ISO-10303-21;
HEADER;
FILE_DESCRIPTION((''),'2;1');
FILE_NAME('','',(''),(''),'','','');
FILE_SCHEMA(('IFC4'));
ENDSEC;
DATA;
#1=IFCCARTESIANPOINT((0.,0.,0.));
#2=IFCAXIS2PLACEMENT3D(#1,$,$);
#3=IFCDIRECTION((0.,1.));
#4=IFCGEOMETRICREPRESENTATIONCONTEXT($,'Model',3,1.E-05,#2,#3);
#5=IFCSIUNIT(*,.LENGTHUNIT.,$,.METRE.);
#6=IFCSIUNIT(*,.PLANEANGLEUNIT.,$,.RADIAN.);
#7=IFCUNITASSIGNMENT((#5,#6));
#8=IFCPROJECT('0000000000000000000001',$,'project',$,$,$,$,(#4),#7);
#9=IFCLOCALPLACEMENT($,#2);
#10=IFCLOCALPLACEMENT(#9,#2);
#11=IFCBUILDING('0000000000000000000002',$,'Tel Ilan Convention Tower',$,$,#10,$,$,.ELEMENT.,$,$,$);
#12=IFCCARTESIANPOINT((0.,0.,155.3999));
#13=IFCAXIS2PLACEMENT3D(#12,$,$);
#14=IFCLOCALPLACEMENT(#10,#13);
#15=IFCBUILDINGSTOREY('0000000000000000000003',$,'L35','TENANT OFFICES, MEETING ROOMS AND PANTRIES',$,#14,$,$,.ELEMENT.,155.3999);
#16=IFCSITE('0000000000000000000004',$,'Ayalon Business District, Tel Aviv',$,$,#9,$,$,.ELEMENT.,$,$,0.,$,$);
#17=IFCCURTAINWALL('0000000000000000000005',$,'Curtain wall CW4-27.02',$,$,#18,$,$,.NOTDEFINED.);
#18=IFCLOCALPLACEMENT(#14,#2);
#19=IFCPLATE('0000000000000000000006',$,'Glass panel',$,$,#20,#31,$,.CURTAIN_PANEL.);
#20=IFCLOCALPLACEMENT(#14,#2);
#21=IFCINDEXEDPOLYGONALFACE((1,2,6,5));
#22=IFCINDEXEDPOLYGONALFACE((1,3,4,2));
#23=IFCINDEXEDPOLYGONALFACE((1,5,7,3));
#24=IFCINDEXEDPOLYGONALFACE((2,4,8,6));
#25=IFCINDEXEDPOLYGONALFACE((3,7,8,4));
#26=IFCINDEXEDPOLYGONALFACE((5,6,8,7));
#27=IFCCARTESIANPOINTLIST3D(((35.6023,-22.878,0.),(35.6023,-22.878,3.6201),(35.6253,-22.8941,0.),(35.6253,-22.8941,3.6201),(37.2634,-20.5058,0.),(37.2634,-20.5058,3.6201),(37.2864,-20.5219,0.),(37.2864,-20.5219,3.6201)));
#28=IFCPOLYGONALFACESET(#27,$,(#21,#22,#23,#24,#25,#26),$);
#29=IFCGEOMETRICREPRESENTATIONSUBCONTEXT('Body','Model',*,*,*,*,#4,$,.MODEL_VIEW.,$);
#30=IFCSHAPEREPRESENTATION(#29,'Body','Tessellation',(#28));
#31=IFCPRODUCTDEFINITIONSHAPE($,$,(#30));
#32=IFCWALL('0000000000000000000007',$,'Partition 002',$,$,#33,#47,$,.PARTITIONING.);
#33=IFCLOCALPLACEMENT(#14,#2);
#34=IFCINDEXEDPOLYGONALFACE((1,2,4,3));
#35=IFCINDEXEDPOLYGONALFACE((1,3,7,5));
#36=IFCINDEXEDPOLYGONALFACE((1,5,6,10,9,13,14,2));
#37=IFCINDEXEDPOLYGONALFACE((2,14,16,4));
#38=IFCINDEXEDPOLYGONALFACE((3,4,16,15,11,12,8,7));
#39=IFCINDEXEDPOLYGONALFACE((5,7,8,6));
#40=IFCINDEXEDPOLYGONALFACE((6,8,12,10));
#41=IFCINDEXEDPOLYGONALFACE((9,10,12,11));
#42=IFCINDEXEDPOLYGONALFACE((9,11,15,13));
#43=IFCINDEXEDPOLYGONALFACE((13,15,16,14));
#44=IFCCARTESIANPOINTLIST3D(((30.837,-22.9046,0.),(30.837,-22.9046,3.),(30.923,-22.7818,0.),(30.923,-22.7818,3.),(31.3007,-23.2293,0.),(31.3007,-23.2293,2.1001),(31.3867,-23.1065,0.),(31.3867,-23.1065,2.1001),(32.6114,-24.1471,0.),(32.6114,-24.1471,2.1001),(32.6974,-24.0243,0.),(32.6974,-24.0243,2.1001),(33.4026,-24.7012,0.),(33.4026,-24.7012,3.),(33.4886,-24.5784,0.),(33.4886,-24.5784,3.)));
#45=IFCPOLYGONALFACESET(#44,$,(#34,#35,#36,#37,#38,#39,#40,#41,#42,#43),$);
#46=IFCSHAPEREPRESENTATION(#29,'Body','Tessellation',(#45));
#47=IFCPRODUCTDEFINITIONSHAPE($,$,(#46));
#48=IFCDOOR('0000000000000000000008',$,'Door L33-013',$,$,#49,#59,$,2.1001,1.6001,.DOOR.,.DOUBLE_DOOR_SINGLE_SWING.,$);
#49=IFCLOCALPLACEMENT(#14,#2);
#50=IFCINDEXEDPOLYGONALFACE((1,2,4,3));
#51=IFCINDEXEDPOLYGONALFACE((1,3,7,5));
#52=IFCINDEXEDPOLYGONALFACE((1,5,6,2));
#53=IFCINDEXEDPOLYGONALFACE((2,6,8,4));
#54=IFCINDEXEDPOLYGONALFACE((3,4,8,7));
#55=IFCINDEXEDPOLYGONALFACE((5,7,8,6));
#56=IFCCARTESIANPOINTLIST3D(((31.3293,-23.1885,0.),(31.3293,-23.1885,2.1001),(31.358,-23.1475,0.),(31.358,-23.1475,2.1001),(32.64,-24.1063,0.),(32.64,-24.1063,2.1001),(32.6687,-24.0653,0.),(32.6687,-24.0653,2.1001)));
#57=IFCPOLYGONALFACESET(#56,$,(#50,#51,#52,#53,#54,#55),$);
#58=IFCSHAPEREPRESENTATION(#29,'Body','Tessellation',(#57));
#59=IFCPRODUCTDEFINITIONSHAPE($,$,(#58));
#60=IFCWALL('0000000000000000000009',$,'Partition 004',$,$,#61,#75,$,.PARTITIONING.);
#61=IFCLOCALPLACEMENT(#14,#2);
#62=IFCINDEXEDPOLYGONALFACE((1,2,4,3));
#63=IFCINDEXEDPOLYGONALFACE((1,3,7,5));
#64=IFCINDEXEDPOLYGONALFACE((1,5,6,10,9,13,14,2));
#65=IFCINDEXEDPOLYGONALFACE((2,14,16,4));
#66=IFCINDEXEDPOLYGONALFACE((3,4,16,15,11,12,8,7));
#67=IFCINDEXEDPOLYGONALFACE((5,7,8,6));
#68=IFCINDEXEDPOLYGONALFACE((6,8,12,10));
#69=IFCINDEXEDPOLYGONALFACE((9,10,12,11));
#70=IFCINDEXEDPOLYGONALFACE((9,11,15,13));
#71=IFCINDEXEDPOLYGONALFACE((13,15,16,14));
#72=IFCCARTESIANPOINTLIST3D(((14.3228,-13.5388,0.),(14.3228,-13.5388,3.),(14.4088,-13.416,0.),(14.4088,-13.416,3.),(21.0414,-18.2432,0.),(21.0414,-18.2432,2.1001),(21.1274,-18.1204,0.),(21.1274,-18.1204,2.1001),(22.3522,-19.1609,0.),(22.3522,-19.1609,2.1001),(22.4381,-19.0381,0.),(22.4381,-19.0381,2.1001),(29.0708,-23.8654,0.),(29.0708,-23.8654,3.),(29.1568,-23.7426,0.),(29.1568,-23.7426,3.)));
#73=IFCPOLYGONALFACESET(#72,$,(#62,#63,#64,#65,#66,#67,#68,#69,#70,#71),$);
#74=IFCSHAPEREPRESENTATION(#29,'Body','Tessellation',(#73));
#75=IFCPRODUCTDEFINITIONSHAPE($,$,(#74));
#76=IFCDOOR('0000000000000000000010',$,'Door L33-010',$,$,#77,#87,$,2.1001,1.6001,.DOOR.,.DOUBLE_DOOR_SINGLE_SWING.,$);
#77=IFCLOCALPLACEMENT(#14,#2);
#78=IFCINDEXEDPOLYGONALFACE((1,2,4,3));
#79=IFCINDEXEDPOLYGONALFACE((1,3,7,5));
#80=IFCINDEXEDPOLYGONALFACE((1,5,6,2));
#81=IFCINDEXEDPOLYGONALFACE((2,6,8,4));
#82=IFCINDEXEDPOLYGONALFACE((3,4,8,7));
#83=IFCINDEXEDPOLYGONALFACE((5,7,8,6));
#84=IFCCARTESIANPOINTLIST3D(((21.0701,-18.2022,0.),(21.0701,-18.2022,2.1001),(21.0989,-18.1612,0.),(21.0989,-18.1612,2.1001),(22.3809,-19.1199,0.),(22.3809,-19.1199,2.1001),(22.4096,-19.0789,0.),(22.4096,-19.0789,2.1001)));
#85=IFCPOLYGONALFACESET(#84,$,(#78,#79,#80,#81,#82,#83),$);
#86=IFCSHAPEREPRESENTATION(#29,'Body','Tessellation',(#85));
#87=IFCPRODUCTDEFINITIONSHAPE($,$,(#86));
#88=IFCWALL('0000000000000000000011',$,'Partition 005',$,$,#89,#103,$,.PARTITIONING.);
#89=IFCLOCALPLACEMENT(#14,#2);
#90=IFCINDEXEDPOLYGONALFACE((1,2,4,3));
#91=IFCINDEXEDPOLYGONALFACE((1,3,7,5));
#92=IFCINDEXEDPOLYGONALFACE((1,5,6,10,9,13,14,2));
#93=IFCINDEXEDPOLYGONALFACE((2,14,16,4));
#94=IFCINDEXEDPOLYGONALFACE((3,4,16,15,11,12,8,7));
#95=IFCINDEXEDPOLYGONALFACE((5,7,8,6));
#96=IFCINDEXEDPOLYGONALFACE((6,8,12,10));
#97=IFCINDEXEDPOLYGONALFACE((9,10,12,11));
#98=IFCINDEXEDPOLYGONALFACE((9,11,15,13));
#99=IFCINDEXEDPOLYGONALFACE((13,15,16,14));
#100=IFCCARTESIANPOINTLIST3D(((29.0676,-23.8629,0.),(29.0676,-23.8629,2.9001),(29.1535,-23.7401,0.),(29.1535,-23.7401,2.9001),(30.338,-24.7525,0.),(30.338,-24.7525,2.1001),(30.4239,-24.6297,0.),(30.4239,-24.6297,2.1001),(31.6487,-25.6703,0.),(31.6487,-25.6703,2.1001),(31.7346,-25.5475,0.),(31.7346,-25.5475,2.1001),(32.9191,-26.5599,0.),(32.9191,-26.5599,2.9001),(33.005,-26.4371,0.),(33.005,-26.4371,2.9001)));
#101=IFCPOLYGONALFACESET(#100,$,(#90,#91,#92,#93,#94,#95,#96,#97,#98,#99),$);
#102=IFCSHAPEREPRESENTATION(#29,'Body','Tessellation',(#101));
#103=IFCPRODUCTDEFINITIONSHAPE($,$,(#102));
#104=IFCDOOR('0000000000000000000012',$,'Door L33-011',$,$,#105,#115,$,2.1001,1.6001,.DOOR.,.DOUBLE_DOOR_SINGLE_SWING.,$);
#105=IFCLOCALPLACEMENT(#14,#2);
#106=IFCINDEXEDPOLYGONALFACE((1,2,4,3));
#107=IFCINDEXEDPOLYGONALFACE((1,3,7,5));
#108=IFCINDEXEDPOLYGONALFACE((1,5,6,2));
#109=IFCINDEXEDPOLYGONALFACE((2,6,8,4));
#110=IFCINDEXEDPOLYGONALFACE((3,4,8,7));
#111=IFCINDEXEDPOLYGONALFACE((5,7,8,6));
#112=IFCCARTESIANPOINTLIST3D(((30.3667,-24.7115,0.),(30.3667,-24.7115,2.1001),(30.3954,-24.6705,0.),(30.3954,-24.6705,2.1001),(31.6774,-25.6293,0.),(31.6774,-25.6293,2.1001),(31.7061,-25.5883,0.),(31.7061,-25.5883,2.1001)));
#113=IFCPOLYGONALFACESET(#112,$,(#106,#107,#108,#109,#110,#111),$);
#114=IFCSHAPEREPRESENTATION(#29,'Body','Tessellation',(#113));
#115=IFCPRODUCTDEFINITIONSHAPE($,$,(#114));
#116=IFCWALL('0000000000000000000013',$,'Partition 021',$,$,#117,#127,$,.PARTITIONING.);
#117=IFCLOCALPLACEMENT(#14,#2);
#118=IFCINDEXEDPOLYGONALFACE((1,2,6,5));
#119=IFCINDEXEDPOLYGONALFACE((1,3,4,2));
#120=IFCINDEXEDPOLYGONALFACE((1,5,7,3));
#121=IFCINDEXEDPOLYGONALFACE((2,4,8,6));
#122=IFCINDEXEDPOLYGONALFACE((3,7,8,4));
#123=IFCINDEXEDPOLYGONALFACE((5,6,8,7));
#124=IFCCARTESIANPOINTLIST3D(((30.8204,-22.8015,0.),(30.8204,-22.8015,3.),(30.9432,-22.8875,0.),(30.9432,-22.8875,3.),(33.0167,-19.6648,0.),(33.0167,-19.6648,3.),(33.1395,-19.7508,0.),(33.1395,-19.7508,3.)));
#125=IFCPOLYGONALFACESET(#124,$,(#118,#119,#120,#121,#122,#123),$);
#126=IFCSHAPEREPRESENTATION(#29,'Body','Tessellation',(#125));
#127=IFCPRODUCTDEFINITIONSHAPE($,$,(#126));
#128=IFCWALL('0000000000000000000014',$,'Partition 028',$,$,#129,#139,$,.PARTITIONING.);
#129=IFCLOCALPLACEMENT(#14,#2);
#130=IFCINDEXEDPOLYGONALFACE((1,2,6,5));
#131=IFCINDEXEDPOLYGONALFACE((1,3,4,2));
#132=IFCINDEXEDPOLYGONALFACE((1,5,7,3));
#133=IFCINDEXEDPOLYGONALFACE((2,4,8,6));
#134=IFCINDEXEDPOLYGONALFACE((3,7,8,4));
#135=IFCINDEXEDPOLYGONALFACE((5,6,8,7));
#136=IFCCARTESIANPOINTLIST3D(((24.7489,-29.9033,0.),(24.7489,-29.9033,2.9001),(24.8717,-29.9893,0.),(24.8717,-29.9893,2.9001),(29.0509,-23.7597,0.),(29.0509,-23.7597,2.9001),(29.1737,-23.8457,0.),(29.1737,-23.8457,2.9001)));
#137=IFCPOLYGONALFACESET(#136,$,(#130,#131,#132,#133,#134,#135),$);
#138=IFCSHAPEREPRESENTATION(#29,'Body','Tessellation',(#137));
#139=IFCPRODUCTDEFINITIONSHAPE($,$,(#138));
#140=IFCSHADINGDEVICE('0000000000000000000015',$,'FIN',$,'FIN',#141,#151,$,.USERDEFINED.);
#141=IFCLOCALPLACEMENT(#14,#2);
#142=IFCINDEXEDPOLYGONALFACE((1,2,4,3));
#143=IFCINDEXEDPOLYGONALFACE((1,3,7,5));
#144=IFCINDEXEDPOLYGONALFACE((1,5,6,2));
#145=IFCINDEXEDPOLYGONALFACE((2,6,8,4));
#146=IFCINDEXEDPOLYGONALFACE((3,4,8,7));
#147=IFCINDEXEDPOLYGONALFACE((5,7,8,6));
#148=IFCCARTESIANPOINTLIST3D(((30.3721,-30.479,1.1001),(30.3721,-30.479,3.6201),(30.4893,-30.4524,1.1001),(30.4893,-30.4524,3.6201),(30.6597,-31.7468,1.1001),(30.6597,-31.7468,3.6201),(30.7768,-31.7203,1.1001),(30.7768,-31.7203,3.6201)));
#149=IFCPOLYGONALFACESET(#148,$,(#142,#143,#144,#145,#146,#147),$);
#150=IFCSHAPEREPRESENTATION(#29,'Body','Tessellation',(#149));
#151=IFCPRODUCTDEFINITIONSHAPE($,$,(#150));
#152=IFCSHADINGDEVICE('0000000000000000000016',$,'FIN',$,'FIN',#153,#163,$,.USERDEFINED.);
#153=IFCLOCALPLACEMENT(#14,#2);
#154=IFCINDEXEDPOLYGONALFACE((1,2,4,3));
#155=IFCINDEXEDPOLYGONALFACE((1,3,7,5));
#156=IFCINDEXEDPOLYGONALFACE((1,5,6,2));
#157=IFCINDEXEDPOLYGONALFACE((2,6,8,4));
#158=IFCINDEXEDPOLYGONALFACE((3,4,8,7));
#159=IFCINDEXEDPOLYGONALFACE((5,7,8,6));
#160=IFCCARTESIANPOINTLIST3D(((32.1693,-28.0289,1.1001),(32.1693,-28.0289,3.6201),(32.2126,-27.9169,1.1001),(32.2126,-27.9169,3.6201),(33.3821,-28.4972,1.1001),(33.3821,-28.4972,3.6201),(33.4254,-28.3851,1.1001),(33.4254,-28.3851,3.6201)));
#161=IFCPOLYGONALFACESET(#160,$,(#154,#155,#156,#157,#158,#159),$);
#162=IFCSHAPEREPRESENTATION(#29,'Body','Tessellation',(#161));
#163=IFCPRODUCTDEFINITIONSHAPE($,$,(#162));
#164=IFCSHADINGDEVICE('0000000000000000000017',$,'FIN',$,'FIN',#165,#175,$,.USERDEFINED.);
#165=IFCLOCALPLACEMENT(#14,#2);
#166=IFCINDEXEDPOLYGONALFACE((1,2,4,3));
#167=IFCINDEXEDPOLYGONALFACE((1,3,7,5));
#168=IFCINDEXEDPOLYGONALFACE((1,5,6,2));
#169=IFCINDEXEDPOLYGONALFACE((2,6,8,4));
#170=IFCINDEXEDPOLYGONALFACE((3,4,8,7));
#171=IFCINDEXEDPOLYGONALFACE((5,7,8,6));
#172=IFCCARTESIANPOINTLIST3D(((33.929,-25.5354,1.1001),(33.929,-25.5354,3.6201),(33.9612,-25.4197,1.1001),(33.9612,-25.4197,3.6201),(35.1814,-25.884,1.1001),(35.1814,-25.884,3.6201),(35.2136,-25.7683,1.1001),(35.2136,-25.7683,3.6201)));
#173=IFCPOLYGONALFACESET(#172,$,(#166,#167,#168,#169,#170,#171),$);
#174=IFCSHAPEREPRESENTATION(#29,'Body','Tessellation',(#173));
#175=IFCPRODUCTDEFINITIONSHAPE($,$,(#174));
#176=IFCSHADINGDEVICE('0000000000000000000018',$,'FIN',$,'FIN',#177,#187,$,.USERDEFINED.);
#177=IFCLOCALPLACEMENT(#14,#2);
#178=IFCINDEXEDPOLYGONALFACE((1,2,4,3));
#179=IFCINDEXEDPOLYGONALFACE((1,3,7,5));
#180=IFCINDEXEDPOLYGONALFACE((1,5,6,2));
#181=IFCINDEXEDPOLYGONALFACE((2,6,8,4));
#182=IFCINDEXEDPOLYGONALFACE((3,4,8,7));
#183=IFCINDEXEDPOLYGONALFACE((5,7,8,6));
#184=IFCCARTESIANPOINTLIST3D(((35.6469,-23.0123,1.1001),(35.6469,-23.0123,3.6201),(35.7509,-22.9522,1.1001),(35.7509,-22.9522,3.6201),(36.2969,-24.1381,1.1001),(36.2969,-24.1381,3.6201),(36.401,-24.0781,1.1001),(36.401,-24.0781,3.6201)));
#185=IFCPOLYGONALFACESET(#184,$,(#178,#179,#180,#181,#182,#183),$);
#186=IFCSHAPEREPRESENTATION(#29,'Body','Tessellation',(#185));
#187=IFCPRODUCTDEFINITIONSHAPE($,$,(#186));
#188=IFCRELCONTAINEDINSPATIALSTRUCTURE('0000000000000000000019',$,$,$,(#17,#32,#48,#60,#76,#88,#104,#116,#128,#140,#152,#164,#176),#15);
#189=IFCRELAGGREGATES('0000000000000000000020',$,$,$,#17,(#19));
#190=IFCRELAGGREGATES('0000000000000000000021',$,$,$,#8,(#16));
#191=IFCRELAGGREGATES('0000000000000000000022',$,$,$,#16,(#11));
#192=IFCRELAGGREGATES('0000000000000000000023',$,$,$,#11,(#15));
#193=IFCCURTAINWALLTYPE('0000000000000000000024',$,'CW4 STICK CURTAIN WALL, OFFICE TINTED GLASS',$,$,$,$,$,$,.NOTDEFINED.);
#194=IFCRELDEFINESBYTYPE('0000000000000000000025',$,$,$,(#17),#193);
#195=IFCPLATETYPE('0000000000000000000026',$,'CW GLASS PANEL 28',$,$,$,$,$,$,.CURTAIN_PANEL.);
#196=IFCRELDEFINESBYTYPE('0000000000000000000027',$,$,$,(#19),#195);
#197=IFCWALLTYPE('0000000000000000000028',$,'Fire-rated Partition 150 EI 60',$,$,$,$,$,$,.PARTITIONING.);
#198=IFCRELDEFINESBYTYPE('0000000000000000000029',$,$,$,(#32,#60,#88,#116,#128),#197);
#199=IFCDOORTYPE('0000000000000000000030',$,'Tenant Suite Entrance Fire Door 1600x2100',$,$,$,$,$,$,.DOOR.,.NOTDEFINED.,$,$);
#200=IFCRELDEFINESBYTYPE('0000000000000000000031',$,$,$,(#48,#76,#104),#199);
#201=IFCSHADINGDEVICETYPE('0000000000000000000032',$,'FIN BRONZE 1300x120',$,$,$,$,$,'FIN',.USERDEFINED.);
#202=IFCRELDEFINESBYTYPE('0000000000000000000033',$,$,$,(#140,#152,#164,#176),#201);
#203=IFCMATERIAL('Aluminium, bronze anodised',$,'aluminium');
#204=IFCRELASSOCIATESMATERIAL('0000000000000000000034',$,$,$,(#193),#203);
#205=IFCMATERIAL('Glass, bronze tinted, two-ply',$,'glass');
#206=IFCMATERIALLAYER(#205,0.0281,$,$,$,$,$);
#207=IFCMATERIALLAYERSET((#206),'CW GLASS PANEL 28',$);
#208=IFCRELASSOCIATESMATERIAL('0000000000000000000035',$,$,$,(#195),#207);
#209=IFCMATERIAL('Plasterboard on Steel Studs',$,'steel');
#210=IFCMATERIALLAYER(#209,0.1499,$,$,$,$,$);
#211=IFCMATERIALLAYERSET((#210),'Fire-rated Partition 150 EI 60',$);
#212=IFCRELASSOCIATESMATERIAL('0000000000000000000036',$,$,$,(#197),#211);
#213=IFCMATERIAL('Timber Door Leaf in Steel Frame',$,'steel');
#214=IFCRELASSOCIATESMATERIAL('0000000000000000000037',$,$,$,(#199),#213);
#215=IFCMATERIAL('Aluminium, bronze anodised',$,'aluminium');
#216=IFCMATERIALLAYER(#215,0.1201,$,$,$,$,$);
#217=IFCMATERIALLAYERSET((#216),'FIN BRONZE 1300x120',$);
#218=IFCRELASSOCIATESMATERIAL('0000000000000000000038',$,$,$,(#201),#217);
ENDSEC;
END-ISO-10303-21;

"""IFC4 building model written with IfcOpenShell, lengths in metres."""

from ifc_helpers import new_model, si_unit, direction, frame, frame_2d, origin, origin_2d, place, context, subcontext, project, spatial, rectangle, extrude, material, layer, layer_set, type_object, element, fill, aggregate, save


model = new_model("IFC4")

# Units and contexts
model_context = context("Model", 3, precision=1e-05, world=origin(), true_north=direction((0.0, 1.0)))
body_context = subcontext(model_context, "Body", "Model", "MODEL_VIEW")
ifc_project = project(units=[si_unit("LENGTHUNIT", "METRE"), si_unit("PLANEANGLEUNIT", "RADIAN")], contexts=[model_context])

# Site, building, storey
site_placement = place(None, origin())
site = spatial("IfcSite", under=ifc_project, at=site_placement, Name="Ayalon Business District, Tel Aviv", CompositionType="ELEMENT", RefElevation=0.0)
building_placement = place(site_placement, origin())
building = spatial("IfcBuilding", under=site, at=building_placement, Name="Tel Ilan Convention Tower", CompositionType="ELEMENT")
storey_placement = place(building_placement, frame((0.0, 0.0, 155.3999)))
storey = spatial("IfcBuildingStorey", under=building, at=storey_placement, Name="L35", Description="TENANT OFFICES, MEETING ROOMS AND PANTRIES", CompositionType="ELEMENT", Elevation=155.3999)

# Curtain wall, plate
ifc_material_1 = material(Name="Aluminium, bronze anodised", Category="aluminium")
curtain_wall_type = type_object("IfcCurtainWallType", Name="CW4 STICK CURTAIN WALL, OFFICE TINTED GLASS", PredefinedType="NOTDEFINED", material=ifc_material_1)
curtain_wall_placement = place(storey_placement, origin())
curtain_wall = element("IfcCurtainWall", 1, at=curtain_wall_placement, inside=storey, type_object=curtain_wall_type, Name="Curtain wall CW4-27.02", PredefinedType="NOTDEFINED")
ifc_material_2 = material(Name="Glass, bronze tinted, two-ply", Category="glass")
ifc_layer_1 = layer(ifc_material_2, 0.0281)
ifc_layer_set_1 = layer_set([ifc_layer_1], Name="CW GLASS PANEL 28")
plate_type = type_object("IfcPlateType", Name="CW GLASS PANEL 28", PredefinedType="CURTAIN_PANEL", material=ifc_layer_set_1)
plate_1_placement = place(storey_placement, frame((36.4443, -21.7, 0.0), z_axis=(0.0, 0.0, 1.0), x_axis=(0.573576, 0.819152, 0.0)))
plate_1 = element("IfcPlate", 2, at=plate_1_placement, type_object=plate_type, Name="Glass panel", PredefinedType="CURTAIN_PANEL", context=body_context, shape_type="SweptSolid", body=[
    extrude(rectangle(XDim=2.896, YDim=0.0281, at=origin_2d()), origin(), (0.0, 0.0, 1.0), 3.6201),
])
aggregate(curtain_wall, [plate_1])

# Walls, openings, doors
ifc_material_3 = material(Name="Plasterboard on Steel Studs", Category="steel")
ifc_layer_2 = layer(ifc_material_3, 0.1499)
ifc_layer_set_2 = layer_set([ifc_layer_2], Name="Fire-rated Partition 150 EI 60")
wall_type = type_object("IfcWallType", Name="Fire-rated Partition 150 EI 60", PredefinedType="PARTITIONING", material=ifc_layer_set_2)
wall_1_placement = place(storey_placement, frame((30.8801, -22.8433, 0.0), z_axis=(0.0, 0.0, 1.0), x_axis=(0.819133, -0.573604, 0.0)))
wall_1 = element("IfcWall", 3, at=wall_1_placement, inside=storey, type_object=wall_type, Name="Partition 002", PredefinedType="PARTITIONING", context=body_context, shape_type="SweptSolid", body=[
    extrude(rectangle(XDim=3.1321, YDim=0.1499, at=frame_2d((1.5659, 0.0))), origin(), (0.0, 0.0, 1.0), 3.0),
])
opening_1_placement = place(wall_1_placement, frame((0.5659, 0.0, 0.0)))
opening_1 = element("IfcOpeningElement", 4, at=opening_1_placement, cuts=wall_1, PredefinedType="OPENING", context=body_context, shape_type="SweptSolid", body=[
    extrude(rectangle(XDim=1.6001, YDim=2.1001, at=frame_2d((0.8, 1.05))), frame((0.0, 0.085, 0.0), z_axis=(0.0, -1.0, 0.0), x_axis=(1.0, 0.0, 0.0)), (0.0, 0.0, 1.0), 0.1699),
])
ifc_material_4 = material(Name="Timber Door Leaf in Steel Frame", Category="steel")
door_type = type_object("IfcDoorType", Name="Tenant Suite Entrance Fire Door 1600x2100", OperationType="NOTDEFINED", PredefinedType="DOOR", material=ifc_material_4)
door_1_placement = place(opening_1_placement, origin())
door_1 = element("IfcDoor", 5, at=door_1_placement, inside=storey, type_object=door_type, Name="Door L33-013", OperationType="DOUBLE_DOOR_SINGLE_SWING", OverallHeight=2.1001, OverallWidth=1.6001, PredefinedType="DOOR", context=body_context, shape_type="SweptSolid", body=[
    extrude(rectangle(XDim=1.6001, YDim=2.1001, at=frame_2d((0.8, 1.05))), frame((0.0, 0.0249, 0.0), z_axis=(0.0, -1.0, 0.0), x_axis=(1.0, 0.0, 0.0)), (0.0, 0.0, 1.0), 0.05),
])
fill(opening_1, door_1)
wall_2_placement = place(storey_placement, frame((29.1138, -23.804, 0.0), z_axis=(0.0, 0.0, 1.0), x_axis=(-0.819153, 0.573575, 0.0)))
wall_2 = element("IfcWall", 6, at=wall_2_placement, inside=storey, type_object=wall_type, Name="Partition 004", PredefinedType="PARTITIONING", context=body_context, shape_type="SweptSolid", body=[
    extrude(rectangle(XDim=18.0039, YDim=0.1499, at=frame_2d((9.002, 0.0))), origin(), (0.0, 0.0, 1.0), 3.0),
])
opening_2_placement = place(wall_2_placement, frame((8.2019, 0.0, 0.0)))
opening_2 = element("IfcOpeningElement", 7, at=opening_2_placement, cuts=wall_2, PredefinedType="OPENING", context=body_context, shape_type="SweptSolid", body=[
    extrude(rectangle(XDim=1.6001, YDim=2.1001, at=frame_2d((0.8, 1.05))), frame((0.0, 0.085, 0.0), z_axis=(0.0, -1.0, 0.0), x_axis=(1.0, 0.0, 0.0)), (0.0, 0.0, 1.0), 0.1699),
])
door_2_placement = place(opening_2_placement, origin())
door_2 = element("IfcDoor", 8, at=door_2_placement, inside=storey, type_object=door_type, Name="Door L33-010", OperationType="DOUBLE_DOOR_SINGLE_SWING", OverallHeight=2.1001, OverallWidth=1.6001, PredefinedType="DOOR", context=body_context, shape_type="SweptSolid", body=[
    extrude(rectangle(XDim=1.6001, YDim=2.1001, at=frame_2d((0.8, 1.05))), frame((0.0, 0.0249, 0.0), z_axis=(0.0, -1.0, 0.0), x_axis=(1.0, 0.0, 0.0)), (0.0, 0.0, 1.0), 0.05),
])
fill(opening_2, door_2)
wall_3_placement = place(storey_placement, frame((32.9622, -26.4985, 0.0), z_axis=(0.0, 0.0, 1.0), x_axis=(-0.819139, 0.573595, 0.0)))
wall_3 = element("IfcWall", 9, at=wall_3_placement, inside=storey, type_object=wall_type, Name="Partition 005", PredefinedType="PARTITIONING", context=body_context, shape_type="SweptSolid", body=[
    extrude(rectangle(XDim=4.7019, YDim=0.1499, at=frame_2d((2.3511, 0.0))), origin(), (0.0, 0.0, 1.0), 2.9001),
])
opening_3_placement = place(wall_3_placement, frame((1.551, 0.0, 0.0)))
opening_3 = element("IfcOpeningElement", 10, at=opening_3_placement, cuts=wall_3, PredefinedType="OPENING", context=body_context, shape_type="SweptSolid", body=[
    extrude(rectangle(XDim=1.6001, YDim=2.1001, at=frame_2d((0.8, 1.05))), frame((0.0, 0.085, 0.0), z_axis=(0.0, -1.0, 0.0), x_axis=(1.0, 0.0, 0.0)), (0.0, 0.0, 1.0), 0.1699),
])
door_3_placement = place(opening_3_placement, origin())
door_3 = element("IfcDoor", 11, at=door_3_placement, inside=storey, type_object=door_type, Name="Door L33-011", OperationType="DOUBLE_DOOR_SINGLE_SWING", OverallHeight=2.1001, OverallWidth=1.6001, PredefinedType="DOOR", context=body_context, shape_type="SweptSolid", body=[
    extrude(rectangle(XDim=1.6001, YDim=2.1001, at=frame_2d((0.8, 1.05))), frame((0.0, 0.0249, 0.0), z_axis=(0.0, -1.0, 0.0), x_axis=(1.0, 0.0, 0.0)), (0.0, 0.0, 1.0), 0.05),
])
fill(opening_3, door_3)

# Walls
wall_4_placement = place(storey_placement, frame((30.8818, -22.8445, 0.0), z_axis=(0.0, 0.0, 1.0), x_axis=(0.573565, 0.81916, 0.0)))
element("IfcWall", 12, at=wall_4_placement, inside=storey, type_object=wall_type, Name="Partition 021", PredefinedType="PARTITIONING", context=body_context, shape_type="SweptSolid", body=[
    extrude(rectangle(XDim=3.8291, YDim=0.1499, at=frame_2d((1.9146, 0.0))), origin(), (0.0, 0.0, 1.0), 3.0),
])
wall_5_placement = place(storey_placement, frame((29.1123, -23.8027, 0.0), z_axis=(0.0, 0.0, 1.0), x_axis=(-0.573598, -0.819137, 0.0)))
element("IfcWall", 13, at=wall_5_placement, inside=storey, type_object=wall_type, Name="Partition 028", PredefinedType="PARTITIONING", context=body_context, shape_type="SweptSolid", body=[
    extrude(rectangle(XDim=7.5, YDim=0.1499, at=frame_2d((3.75, 0.0))), origin(), (0.0, 0.0, 1.0), 2.9001),
])

# Shading devices
ifc_material_5 = material(Name="Aluminium, bronze anodised", Category="aluminium")
ifc_layer_3 = layer(ifc_material_5, 0.1201)
ifc_layer_set_3 = layer_set([ifc_layer_3], Name="FIN BRONZE 1300x120")
shading_device_type = type_object("IfcShadingDeviceType", Name="FIN BRONZE 1300x120", ElementType="FIN", PredefinedType="USERDEFINED", material=ifc_layer_set_3)
for number, where, z_axis, x_axis, name in (
    (14, (30.5745, -31.0996, 1.1001), (0.0, 0.0, 1.0), (0.22117, -0.975235, 0.0), "FIN"),
    (15, (32.7974, -28.207, 1.1001), (0.0, 0.0, 1.0), (0.932884, -0.360178, 0.0), "FIN"),
    (16, (34.5713, -25.6519, 1.1001), (0.0, 0.0, 1.0), (0.963371, -0.268173, 0.0), "FIN"),
    (17, (36.0239, -23.5452, 1.1001), (0.0, 0.0, 1.0), (0.5, -0.866025, 0.0), "FIN"),
):
    element("IfcShadingDevice", number, at=place(storey_placement, frame(where, z_axis=z_axis, x_axis=x_axis)), inside=storey, type_object=shading_device_type, Name=name, ObjectType="FIN", PredefinedType="USERDEFINED", context=body_context, shape_type="SweptSolid", body=[
        extrude(rectangle(XDim=1.3, YDim=0.1201, at=origin_2d()), origin(), (0.0, 0.0, 1.0), 2.52),
    ])

save(model, "model.ifc")
